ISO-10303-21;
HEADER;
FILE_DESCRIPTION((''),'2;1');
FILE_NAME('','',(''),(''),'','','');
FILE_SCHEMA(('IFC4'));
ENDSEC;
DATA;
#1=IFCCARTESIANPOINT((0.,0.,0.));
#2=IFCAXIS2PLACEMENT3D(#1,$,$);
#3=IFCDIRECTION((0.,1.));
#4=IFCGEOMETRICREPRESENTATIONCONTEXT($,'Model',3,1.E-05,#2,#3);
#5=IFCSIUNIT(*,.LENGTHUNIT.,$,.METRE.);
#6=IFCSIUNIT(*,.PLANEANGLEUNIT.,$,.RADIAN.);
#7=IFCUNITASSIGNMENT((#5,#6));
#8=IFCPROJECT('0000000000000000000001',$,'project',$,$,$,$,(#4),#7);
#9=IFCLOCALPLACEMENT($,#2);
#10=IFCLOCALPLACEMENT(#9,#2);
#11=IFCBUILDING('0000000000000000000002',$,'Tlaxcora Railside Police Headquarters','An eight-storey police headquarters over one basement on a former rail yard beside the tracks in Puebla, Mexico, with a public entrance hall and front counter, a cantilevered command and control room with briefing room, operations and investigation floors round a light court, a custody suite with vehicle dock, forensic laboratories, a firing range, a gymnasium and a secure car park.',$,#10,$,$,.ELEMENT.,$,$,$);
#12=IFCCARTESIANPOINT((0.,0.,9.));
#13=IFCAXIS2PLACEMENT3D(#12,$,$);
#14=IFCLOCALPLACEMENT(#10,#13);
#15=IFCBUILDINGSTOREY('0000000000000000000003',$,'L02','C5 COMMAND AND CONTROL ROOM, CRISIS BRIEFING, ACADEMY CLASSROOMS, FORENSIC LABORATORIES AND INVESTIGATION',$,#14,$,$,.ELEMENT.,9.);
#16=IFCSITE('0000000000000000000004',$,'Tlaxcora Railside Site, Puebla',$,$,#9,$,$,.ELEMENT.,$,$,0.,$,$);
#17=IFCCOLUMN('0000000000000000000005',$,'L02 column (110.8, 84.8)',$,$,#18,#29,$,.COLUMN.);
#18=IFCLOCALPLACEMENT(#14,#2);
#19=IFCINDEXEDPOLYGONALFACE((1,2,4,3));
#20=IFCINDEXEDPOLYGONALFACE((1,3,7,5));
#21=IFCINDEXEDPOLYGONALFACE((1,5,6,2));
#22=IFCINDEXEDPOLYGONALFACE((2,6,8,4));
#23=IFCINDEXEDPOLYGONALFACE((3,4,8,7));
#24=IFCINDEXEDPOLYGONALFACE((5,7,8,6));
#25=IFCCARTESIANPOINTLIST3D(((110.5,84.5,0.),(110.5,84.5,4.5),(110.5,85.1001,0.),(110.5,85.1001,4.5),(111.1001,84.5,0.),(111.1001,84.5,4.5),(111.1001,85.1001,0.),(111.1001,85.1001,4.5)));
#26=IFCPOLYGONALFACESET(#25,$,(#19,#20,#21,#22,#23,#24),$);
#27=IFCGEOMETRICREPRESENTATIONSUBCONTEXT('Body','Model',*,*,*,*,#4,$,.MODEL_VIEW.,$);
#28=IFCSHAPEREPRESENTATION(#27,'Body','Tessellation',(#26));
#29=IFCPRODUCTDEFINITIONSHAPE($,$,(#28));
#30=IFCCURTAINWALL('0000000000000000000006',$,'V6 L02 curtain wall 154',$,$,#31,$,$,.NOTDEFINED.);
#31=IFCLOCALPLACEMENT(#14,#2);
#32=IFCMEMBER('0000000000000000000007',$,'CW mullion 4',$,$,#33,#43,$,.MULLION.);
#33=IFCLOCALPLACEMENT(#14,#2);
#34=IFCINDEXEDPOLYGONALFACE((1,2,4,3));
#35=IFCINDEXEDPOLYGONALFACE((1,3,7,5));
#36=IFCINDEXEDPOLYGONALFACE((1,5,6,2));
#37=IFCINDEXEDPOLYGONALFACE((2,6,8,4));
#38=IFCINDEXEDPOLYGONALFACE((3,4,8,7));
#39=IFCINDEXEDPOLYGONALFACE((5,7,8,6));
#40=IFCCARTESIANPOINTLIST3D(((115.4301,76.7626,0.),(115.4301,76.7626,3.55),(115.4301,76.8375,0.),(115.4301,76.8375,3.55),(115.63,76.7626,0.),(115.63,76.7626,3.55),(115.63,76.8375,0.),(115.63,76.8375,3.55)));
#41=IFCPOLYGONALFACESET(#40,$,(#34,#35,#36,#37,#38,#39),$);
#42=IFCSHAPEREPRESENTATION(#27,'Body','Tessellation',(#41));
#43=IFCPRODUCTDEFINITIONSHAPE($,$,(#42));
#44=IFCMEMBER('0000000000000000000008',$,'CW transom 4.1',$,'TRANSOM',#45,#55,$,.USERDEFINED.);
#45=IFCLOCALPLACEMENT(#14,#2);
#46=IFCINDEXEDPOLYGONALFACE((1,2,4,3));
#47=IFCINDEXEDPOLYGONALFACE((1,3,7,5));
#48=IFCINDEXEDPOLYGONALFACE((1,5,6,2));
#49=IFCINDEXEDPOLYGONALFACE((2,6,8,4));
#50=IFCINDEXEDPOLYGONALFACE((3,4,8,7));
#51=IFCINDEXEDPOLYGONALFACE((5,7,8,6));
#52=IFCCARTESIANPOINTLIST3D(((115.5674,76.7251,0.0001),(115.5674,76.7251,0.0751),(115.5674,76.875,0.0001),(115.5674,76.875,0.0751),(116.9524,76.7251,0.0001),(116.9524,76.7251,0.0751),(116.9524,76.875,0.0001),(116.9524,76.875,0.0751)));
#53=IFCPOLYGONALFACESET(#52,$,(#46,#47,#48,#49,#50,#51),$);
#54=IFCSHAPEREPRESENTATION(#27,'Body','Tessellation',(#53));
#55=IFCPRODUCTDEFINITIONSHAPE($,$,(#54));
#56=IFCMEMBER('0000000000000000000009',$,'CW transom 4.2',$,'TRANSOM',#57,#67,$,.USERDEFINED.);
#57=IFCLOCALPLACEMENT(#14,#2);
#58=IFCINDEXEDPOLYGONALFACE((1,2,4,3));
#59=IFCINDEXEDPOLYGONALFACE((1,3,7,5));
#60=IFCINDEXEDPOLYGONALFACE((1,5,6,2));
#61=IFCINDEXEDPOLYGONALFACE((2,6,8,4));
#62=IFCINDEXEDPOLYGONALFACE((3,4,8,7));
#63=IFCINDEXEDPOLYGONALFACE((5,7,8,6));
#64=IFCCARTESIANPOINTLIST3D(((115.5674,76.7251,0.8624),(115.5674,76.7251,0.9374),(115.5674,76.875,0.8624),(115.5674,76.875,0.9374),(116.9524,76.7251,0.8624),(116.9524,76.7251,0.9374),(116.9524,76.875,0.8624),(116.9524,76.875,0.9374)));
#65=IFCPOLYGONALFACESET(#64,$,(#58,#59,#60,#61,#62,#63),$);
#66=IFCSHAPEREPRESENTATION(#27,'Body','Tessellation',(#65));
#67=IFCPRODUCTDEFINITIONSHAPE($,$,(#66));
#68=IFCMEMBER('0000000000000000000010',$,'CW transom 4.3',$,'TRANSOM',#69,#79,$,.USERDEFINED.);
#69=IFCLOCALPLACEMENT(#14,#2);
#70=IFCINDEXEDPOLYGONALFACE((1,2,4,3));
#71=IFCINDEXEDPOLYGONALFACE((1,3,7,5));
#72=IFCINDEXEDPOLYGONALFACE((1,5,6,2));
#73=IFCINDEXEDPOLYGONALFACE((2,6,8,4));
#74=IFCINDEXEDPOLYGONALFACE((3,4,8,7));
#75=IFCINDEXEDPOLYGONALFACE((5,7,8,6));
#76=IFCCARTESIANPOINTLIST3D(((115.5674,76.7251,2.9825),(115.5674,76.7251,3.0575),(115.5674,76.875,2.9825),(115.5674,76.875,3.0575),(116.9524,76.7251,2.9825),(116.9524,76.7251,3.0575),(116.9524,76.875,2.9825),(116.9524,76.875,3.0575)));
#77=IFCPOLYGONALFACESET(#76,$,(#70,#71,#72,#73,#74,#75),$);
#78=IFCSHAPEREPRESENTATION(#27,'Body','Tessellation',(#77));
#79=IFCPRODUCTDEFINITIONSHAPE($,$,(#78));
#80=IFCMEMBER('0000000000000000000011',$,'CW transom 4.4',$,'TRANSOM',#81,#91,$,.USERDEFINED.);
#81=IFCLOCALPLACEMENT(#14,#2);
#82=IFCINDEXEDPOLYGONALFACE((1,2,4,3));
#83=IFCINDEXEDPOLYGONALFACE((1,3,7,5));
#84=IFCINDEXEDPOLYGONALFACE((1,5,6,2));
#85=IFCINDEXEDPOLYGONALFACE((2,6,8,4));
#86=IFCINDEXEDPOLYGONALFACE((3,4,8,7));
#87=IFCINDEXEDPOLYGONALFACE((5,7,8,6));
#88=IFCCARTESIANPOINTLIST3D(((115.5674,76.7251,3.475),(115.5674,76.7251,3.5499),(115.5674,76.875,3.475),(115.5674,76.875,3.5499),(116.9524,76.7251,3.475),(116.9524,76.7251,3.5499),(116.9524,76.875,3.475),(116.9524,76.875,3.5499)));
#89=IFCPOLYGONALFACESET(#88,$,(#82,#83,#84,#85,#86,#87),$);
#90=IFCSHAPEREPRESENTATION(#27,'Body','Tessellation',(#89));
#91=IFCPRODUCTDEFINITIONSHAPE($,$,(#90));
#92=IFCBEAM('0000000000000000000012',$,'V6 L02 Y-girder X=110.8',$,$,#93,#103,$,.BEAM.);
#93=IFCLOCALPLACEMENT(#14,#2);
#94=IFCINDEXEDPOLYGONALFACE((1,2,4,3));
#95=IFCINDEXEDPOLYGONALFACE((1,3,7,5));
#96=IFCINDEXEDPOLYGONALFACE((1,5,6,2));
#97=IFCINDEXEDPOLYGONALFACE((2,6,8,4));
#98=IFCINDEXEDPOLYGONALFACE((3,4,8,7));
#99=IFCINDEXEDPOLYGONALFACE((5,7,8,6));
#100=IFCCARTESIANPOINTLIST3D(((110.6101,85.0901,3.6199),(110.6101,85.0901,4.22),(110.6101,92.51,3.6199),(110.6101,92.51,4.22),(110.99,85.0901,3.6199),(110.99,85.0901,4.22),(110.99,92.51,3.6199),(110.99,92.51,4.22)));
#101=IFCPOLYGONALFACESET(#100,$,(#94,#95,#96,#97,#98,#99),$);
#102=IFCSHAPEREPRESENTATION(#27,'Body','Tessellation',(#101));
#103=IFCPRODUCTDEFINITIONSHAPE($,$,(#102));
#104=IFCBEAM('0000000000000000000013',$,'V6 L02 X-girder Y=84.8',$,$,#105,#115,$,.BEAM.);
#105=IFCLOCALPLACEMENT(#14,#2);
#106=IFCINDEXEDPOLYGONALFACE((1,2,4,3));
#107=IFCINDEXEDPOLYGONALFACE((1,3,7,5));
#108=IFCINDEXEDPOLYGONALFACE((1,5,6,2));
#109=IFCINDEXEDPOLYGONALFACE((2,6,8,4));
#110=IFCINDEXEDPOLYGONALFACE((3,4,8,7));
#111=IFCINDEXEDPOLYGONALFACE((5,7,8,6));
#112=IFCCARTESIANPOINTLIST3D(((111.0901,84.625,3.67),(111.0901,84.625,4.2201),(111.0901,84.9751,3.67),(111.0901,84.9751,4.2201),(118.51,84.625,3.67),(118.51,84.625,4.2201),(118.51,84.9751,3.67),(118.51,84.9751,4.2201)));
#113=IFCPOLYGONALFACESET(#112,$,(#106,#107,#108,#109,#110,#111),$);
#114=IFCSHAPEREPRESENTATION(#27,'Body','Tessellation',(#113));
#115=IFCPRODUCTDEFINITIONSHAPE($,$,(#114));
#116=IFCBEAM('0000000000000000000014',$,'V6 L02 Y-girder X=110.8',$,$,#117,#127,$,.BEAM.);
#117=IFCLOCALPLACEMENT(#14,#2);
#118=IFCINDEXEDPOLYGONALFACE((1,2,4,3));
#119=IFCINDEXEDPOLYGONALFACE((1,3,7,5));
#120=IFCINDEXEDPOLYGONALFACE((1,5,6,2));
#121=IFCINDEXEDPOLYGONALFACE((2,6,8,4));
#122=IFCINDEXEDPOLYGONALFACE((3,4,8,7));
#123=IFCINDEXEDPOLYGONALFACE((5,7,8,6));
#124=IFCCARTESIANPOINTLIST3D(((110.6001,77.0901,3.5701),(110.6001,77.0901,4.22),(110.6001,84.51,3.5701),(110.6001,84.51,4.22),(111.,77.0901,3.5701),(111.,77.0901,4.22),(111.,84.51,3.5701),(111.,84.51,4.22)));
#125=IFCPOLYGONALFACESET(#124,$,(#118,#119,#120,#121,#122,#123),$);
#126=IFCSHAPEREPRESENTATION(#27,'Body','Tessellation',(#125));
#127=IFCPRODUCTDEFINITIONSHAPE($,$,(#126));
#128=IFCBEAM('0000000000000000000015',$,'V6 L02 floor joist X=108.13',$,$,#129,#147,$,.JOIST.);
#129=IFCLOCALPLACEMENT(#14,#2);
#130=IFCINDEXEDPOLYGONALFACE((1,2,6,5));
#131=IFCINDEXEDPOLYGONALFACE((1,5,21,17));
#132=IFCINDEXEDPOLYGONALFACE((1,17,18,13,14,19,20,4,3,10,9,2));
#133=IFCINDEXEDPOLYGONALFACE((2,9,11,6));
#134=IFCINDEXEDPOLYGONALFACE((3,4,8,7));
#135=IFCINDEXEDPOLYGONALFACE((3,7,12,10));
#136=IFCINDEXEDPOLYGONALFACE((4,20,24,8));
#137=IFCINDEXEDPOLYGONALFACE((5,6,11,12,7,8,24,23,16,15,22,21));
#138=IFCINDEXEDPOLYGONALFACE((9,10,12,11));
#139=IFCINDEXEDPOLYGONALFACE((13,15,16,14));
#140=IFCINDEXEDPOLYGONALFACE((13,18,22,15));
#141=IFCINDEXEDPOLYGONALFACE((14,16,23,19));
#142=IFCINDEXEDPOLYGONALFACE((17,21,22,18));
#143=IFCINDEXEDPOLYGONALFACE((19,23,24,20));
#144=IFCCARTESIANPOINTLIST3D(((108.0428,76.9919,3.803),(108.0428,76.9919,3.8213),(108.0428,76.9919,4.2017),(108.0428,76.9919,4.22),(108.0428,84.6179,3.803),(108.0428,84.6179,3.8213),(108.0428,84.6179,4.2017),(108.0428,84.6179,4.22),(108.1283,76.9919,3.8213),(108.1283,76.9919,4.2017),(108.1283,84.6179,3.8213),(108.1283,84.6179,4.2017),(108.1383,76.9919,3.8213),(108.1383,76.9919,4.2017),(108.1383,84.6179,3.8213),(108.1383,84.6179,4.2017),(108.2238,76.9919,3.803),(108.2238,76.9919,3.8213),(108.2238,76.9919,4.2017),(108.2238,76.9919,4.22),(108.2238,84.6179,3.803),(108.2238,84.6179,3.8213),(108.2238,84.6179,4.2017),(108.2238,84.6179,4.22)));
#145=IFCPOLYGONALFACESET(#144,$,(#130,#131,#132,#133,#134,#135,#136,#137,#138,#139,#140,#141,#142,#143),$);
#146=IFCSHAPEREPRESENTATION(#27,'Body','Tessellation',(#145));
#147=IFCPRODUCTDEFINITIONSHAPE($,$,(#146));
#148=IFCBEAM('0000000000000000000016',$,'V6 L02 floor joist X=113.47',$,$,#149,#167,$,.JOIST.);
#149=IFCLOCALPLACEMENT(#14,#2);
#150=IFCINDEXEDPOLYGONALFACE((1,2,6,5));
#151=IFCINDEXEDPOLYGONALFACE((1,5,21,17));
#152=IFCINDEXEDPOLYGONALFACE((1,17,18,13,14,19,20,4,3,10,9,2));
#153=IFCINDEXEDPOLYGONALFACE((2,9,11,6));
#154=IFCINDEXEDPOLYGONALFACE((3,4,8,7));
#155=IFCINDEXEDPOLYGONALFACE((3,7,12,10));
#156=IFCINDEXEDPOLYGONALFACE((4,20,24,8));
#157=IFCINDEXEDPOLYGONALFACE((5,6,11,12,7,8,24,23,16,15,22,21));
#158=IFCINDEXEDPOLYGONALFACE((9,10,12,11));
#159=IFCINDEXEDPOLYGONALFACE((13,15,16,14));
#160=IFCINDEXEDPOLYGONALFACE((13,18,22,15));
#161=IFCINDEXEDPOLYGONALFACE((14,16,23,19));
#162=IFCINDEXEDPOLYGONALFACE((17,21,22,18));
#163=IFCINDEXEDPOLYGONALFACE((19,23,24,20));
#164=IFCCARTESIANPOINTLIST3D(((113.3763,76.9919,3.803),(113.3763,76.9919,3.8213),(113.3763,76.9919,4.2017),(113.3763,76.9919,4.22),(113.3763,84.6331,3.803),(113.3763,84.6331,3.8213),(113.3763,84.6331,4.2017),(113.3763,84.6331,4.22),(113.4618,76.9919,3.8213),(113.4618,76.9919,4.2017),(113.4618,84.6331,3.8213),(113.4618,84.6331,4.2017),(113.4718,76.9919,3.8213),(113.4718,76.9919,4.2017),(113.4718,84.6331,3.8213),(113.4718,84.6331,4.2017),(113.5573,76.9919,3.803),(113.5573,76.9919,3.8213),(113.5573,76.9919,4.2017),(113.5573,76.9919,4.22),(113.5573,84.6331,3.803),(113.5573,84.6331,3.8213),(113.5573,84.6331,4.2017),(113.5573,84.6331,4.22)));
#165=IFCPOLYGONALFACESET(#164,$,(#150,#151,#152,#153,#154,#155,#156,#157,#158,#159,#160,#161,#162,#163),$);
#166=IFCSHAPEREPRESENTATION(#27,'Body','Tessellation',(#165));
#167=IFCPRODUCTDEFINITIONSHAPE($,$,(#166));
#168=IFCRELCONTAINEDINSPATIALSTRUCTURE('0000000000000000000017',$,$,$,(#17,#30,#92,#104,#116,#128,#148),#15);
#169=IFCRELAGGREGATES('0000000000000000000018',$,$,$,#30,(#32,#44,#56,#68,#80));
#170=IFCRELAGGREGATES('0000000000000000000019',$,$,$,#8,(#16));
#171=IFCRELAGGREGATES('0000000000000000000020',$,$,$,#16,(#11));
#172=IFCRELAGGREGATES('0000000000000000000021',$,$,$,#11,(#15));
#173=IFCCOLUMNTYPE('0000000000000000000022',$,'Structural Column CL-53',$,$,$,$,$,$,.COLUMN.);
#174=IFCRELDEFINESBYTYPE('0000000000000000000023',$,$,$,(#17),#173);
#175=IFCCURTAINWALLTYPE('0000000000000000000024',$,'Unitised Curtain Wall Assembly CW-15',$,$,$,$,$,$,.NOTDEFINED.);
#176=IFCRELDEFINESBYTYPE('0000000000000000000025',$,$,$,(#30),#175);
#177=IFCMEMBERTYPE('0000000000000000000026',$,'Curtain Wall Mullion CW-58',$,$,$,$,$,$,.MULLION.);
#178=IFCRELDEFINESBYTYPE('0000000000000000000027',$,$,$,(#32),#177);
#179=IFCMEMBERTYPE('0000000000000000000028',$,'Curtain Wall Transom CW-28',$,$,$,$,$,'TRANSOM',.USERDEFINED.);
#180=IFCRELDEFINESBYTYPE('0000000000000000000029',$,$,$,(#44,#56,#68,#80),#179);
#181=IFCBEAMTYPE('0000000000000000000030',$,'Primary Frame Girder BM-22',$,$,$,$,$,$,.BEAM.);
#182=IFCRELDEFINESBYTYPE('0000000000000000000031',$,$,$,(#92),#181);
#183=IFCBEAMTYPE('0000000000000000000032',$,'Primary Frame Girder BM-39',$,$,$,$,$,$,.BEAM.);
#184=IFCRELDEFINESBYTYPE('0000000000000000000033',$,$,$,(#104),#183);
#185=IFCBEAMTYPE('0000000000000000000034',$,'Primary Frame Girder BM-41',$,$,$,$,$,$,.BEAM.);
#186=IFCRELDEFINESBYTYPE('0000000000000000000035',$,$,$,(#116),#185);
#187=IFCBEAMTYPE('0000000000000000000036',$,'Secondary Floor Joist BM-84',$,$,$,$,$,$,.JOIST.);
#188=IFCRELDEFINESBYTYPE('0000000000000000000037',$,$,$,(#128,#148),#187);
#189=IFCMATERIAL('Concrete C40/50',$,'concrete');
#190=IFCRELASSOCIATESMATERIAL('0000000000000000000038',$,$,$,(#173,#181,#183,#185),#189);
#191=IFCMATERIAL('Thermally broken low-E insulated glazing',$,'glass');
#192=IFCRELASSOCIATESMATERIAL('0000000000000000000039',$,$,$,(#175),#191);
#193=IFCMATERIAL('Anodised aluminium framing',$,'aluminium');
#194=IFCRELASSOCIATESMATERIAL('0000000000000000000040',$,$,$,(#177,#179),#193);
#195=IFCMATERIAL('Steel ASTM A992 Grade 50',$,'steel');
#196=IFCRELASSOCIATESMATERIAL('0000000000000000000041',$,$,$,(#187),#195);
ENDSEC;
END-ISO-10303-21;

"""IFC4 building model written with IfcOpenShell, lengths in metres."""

from ifc_helpers import new_model, si_unit, direction, frame, origin, origin_2d, place, context, subcontext, project, spatial, rectangle, i_section, extrude, material, material_profile, profile_set, type_object, element, aggregate, save


model = new_model("IFC4")

# Units and contexts
model_context = context("Model", 3, precision=1e-05, world=origin(), true_north=direction((0.0, 1.0)))
body_context = subcontext(model_context, "Body", "Model", "MODEL_VIEW")
ifc_project = project(units=[si_unit("LENGTHUNIT", "METRE"), si_unit("PLANEANGLEUNIT", "RADIAN")], contexts=[model_context])

# Site, building, storey
site_placement = place(None, origin())
site = spatial("IfcSite", under=ifc_project, at=site_placement, Name="Tlaxcora Railside Site, Puebla", CompositionType="ELEMENT", RefElevation=0.0)
building_placement = place(site_placement, origin())
building = spatial("IfcBuilding", under=site, at=building_placement, Name="Tlaxcora Railside Police Headquarters", Description="An eight-storey police headquarters over one basement on a former rail yard beside the tracks in Puebla, Mexico, with a public entrance hall and front counter, a cantilevered command and control room with briefing room, operations and investigation floors round a light court, a custody suite with vehicle dock, forensic laboratories, a firing range, a gymnasium and a secure car park.", CompositionType="ELEMENT")
storey_placement = place(building_placement, frame((0.0, 0.0, 9.0)))
storey = spatial("IfcBuildingStorey", under=building, at=storey_placement, Name="L02", Description="C5 COMMAND AND CONTROL ROOM, CRISIS BRIEFING, ACADEMY CLASSROOMS, FORENSIC LABORATORIES AND INVESTIGATION", CompositionType="ELEMENT", Elevation=9.0)

# Column
ifc_material_1 = material(Name="Concrete C40/50", Category="concrete")
ifc_material_profile_1 = material_profile(ifc_material_1, rectangle(XDim=0.6001, YDim=0.6001, at=origin_2d()), Name="RC600X600")
ifc_profile_set_1 = profile_set([ifc_material_profile_1], Name="Concrete C40/50")
column_type = type_object("IfcColumnType", Name="Structural Column CL-53", PredefinedType="COLUMN", material=ifc_profile_set_1)
column_placement = place(storey_placement, frame((110.8, 84.8, 0.0), z_axis=(0.0, 0.0, 1.0), x_axis=(1.0, 0.0, 0.0)))
element("IfcColumn", 1, at=column_placement, inside=storey, type_object=column_type, Name="L02 column (110.8, 84.8)", PredefinedType="COLUMN", context=body_context, shape_type="SweptSolid", body=[
    extrude(rectangle(XDim=0.6001, YDim=0.6001, at=origin_2d()), origin(), (0.0, 0.0, 1.0), 4.5),
])

# Curtain wall, members
ifc_material_2 = material(Name="Thermally broken low-E insulated glazing", Category="glass")
curtain_wall_type = type_object("IfcCurtainWallType", Name="Unitised Curtain Wall Assembly CW-15", PredefinedType="NOTDEFINED", material=ifc_material_2)
curtain_wall_placement = place(storey_placement, origin())
curtain_wall = element("IfcCurtainWall", 2, at=curtain_wall_placement, inside=storey, type_object=curtain_wall_type, Name="V6 L02 curtain wall 154", PredefinedType="NOTDEFINED")
ifc_material_3 = material(Name="Anodised aluminium framing", Category="aluminium")
ifc_material_profile_2 = material_profile(ifc_material_3, rectangle(XDim=0.075, YDim=0.2, at=origin_2d()), Name="AL75X200")
ifc_profile_set_2 = profile_set([ifc_material_profile_2], Name="Anodised aluminium framing")
member_type_1 = type_object("IfcMemberType", Name="Curtain Wall Mullion CW-58", PredefinedType="MULLION", material=ifc_profile_set_2)
member_1_placement = place(storey_placement, frame((115.53, 76.8, 0.0), z_axis=(0.0, 0.0, 1.0), x_axis=(0.0, 1.0, 0.0)))
member_1 = element("IfcMember", 3, at=member_1_placement, type_object=member_type_1, Name="CW mullion 4", PredefinedType="MULLION", context=body_context, shape_type="SweptSolid", body=[
    extrude(rectangle(XDim=0.075, YDim=0.2, at=origin_2d()), origin(), (0.0, 0.0, 1.0), 3.55),
])
ifc_material_profile_3 = material_profile(ifc_material_3, rectangle(XDim=0.1499, YDim=0.075, at=origin_2d()), Name="AL75X150")
ifc_profile_set_3 = profile_set([ifc_material_profile_3], Name="Anodised aluminium framing")
member_type_2 = type_object("IfcMemberType", Name="Curtain Wall Transom CW-28", ElementType="TRANSOM", PredefinedType="USERDEFINED", material=ifc_profile_set_3)
member_2_placement = place(storey_placement, frame((115.5674, 76.8, 0.0376), z_axis=(1.0, 0.0, 0.0), x_axis=(0.0, 1.0, 0.0)))
member_2 = element("IfcMember", 4, at=member_2_placement, type_object=member_type_2, Name="CW transom 4.1", ObjectType="TRANSOM", PredefinedType="USERDEFINED", context=body_context, shape_type="SweptSolid", body=[
    extrude(rectangle(XDim=0.1499, YDim=0.075, at=origin_2d()), origin(), (0.0, 0.0, 1.0), 1.385),
])
member_3_placement = place(storey_placement, frame((115.5674, 76.8, 0.8999), z_axis=(1.0, 0.0, 0.0), x_axis=(0.0, 1.0, 0.0)))
member_3 = element("IfcMember", 5, at=member_3_placement, type_object=member_type_2, Name="CW transom 4.2", ObjectType="TRANSOM", PredefinedType="USERDEFINED", context=body_context, shape_type="SweptSolid", body=[
    extrude(rectangle(XDim=0.1499, YDim=0.075, at=origin_2d()), origin(), (0.0, 0.0, 1.0), 1.385),
])
member_4_placement = place(storey_placement, frame((115.5674, 76.8, 3.02), z_axis=(1.0, 0.0, 0.0), x_axis=(0.0, 1.0, 0.0)))
member_4 = element("IfcMember", 6, at=member_4_placement, type_object=member_type_2, Name="CW transom 4.3", ObjectType="TRANSOM", PredefinedType="USERDEFINED", context=body_context, shape_type="SweptSolid", body=[
    extrude(rectangle(XDim=0.1499, YDim=0.075, at=origin_2d()), origin(), (0.0, 0.0, 1.0), 1.385),
])
member_5_placement = place(storey_placement, frame((115.5674, 76.8, 3.5125), z_axis=(1.0, 0.0, 0.0), x_axis=(0.0, 1.0, 0.0)))
member_5 = element("IfcMember", 7, at=member_5_placement, type_object=member_type_2, Name="CW transom 4.4", ObjectType="TRANSOM", PredefinedType="USERDEFINED", context=body_context, shape_type="SweptSolid", body=[
    extrude(rectangle(XDim=0.1499, YDim=0.075, at=origin_2d()), origin(), (0.0, 0.0, 1.0), 1.385),
])

# Beams
ifc_material_profile_4 = material_profile(ifc_material_1, rectangle(XDim=0.3799, YDim=0.6001, at=origin_2d()), Name="RC380X600")
ifc_profile_set_4 = profile_set([ifc_material_profile_4], Name="Concrete C40/50")
beam_type_1 = type_object("IfcBeamType", Name="Primary Frame Girder BM-22", PredefinedType="BEAM", material=ifc_profile_set_4)
beam_1_placement = place(storey_placement, frame((110.8, 85.0901, 3.9199), z_axis=(0.0, 1.0, 0.0), x_axis=(-1.0, 0.0, 0.0)))
element("IfcBeam", 8, at=beam_1_placement, inside=storey, type_object=beam_type_1, Name="V6 L02 Y-girder X=110.8", PredefinedType="BEAM", context=body_context, shape_type="SweptSolid", body=[
    extrude(rectangle(XDim=0.3799, YDim=0.6001, at=origin_2d()), origin(), (0.0, 0.0, 1.0), 7.4199),
])
ifc_material_profile_5 = material_profile(ifc_material_1, rectangle(XDim=0.3501, YDim=0.55, at=origin_2d()), Name="RC350X550")
ifc_profile_set_5 = profile_set([ifc_material_profile_5], Name="Concrete C40/50")
beam_type_2 = type_object("IfcBeamType", Name="Primary Frame Girder BM-39", PredefinedType="BEAM", material=ifc_profile_set_5)
beam_2_placement = place(storey_placement, frame((111.0901, 84.8, 3.9451), z_axis=(1.0, 0.0, 0.0), x_axis=(0.0, 1.0, 0.0)))
element("IfcBeam", 9, at=beam_2_placement, inside=storey, type_object=beam_type_2, Name="V6 L02 X-girder Y=84.8", PredefinedType="BEAM", context=body_context, shape_type="SweptSolid", body=[
    extrude(rectangle(XDim=0.3501, YDim=0.55, at=origin_2d()), origin(), (0.0, 0.0, 1.0), 7.4199),
])
ifc_material_profile_6 = material_profile(ifc_material_1, rectangle(XDim=0.3999, YDim=0.6499, at=origin_2d()), Name="RC400X650")
ifc_profile_set_6 = profile_set([ifc_material_profile_6], Name="Concrete C40/50")
beam_type_3 = type_object("IfcBeamType", Name="Primary Frame Girder BM-41", PredefinedType="BEAM", material=ifc_profile_set_6)
beam_3_placement = place(storey_placement, frame((110.8, 77.0901, 3.895), z_axis=(0.0, 1.0, 0.0), x_axis=(-1.0, 0.0, 0.0)))
element("IfcBeam", 10, at=beam_3_placement, inside=storey, type_object=beam_type_3, Name="V6 L02 Y-girder X=110.8", PredefinedType="BEAM", context=body_context, shape_type="SweptSolid", body=[
    extrude(rectangle(XDim=0.3999, YDim=0.6499, at=origin_2d()), origin(), (0.0, 0.0, 1.0), 7.4199),
])
ifc_material_4 = material(Name="Steel ASTM A992 Grade 50", Category="steel")
ifc_material_profile_7 = material_profile(ifc_material_4, i_section(OverallWidth=0.1809, OverallDepth=0.417, WebThickness=0.01, FlangeThickness=0.0183, at=origin_2d()), Name="W16X57")
ifc_profile_set_7 = profile_set([ifc_material_profile_7], Name="Steel ASTM A992 Grade 50")
beam_type_4 = type_object("IfcBeamType", Name="Secondary Floor Joist BM-84", PredefinedType="JOIST", material=ifc_profile_set_7)
beam_4_placement = place(storey_placement, frame((108.1333, 76.9919, 4.0115), z_axis=(0.0, 1.0, 0.0), x_axis=(-1.0, 0.0, 0.0)))
element("IfcBeam", 11, at=beam_4_placement, inside=storey, type_object=beam_type_4, Name="V6 L02 floor joist X=108.13", PredefinedType="JOIST", context=body_context, shape_type="SweptSolid", body=[
    extrude(i_section(OverallWidth=0.1809, OverallDepth=0.417, WebThickness=0.01, FlangeThickness=0.0183, at=origin_2d()), origin(), (0.0, 0.0, 1.0), 7.626),
])
beam_5_placement = place(storey_placement, frame((113.4668, 76.9919, 4.0115), z_axis=(0.0, 1.0, 0.0), x_axis=(-1.0, 0.0, 0.0)))
element("IfcBeam", 12, at=beam_5_placement, inside=storey, type_object=beam_type_4, Name="V6 L02 floor joist X=113.47", PredefinedType="JOIST", context=body_context, shape_type="SweptSolid", body=[
    extrude(i_section(OverallWidth=0.1809, OverallDepth=0.417, WebThickness=0.01, FlangeThickness=0.0183, at=origin_2d()), origin(), (0.0, 0.0, 1.0), 7.6411),
])

aggregate(curtain_wall, [member_1, member_2, member_3, member_4, member_5])

save(model, "model.ifc")
